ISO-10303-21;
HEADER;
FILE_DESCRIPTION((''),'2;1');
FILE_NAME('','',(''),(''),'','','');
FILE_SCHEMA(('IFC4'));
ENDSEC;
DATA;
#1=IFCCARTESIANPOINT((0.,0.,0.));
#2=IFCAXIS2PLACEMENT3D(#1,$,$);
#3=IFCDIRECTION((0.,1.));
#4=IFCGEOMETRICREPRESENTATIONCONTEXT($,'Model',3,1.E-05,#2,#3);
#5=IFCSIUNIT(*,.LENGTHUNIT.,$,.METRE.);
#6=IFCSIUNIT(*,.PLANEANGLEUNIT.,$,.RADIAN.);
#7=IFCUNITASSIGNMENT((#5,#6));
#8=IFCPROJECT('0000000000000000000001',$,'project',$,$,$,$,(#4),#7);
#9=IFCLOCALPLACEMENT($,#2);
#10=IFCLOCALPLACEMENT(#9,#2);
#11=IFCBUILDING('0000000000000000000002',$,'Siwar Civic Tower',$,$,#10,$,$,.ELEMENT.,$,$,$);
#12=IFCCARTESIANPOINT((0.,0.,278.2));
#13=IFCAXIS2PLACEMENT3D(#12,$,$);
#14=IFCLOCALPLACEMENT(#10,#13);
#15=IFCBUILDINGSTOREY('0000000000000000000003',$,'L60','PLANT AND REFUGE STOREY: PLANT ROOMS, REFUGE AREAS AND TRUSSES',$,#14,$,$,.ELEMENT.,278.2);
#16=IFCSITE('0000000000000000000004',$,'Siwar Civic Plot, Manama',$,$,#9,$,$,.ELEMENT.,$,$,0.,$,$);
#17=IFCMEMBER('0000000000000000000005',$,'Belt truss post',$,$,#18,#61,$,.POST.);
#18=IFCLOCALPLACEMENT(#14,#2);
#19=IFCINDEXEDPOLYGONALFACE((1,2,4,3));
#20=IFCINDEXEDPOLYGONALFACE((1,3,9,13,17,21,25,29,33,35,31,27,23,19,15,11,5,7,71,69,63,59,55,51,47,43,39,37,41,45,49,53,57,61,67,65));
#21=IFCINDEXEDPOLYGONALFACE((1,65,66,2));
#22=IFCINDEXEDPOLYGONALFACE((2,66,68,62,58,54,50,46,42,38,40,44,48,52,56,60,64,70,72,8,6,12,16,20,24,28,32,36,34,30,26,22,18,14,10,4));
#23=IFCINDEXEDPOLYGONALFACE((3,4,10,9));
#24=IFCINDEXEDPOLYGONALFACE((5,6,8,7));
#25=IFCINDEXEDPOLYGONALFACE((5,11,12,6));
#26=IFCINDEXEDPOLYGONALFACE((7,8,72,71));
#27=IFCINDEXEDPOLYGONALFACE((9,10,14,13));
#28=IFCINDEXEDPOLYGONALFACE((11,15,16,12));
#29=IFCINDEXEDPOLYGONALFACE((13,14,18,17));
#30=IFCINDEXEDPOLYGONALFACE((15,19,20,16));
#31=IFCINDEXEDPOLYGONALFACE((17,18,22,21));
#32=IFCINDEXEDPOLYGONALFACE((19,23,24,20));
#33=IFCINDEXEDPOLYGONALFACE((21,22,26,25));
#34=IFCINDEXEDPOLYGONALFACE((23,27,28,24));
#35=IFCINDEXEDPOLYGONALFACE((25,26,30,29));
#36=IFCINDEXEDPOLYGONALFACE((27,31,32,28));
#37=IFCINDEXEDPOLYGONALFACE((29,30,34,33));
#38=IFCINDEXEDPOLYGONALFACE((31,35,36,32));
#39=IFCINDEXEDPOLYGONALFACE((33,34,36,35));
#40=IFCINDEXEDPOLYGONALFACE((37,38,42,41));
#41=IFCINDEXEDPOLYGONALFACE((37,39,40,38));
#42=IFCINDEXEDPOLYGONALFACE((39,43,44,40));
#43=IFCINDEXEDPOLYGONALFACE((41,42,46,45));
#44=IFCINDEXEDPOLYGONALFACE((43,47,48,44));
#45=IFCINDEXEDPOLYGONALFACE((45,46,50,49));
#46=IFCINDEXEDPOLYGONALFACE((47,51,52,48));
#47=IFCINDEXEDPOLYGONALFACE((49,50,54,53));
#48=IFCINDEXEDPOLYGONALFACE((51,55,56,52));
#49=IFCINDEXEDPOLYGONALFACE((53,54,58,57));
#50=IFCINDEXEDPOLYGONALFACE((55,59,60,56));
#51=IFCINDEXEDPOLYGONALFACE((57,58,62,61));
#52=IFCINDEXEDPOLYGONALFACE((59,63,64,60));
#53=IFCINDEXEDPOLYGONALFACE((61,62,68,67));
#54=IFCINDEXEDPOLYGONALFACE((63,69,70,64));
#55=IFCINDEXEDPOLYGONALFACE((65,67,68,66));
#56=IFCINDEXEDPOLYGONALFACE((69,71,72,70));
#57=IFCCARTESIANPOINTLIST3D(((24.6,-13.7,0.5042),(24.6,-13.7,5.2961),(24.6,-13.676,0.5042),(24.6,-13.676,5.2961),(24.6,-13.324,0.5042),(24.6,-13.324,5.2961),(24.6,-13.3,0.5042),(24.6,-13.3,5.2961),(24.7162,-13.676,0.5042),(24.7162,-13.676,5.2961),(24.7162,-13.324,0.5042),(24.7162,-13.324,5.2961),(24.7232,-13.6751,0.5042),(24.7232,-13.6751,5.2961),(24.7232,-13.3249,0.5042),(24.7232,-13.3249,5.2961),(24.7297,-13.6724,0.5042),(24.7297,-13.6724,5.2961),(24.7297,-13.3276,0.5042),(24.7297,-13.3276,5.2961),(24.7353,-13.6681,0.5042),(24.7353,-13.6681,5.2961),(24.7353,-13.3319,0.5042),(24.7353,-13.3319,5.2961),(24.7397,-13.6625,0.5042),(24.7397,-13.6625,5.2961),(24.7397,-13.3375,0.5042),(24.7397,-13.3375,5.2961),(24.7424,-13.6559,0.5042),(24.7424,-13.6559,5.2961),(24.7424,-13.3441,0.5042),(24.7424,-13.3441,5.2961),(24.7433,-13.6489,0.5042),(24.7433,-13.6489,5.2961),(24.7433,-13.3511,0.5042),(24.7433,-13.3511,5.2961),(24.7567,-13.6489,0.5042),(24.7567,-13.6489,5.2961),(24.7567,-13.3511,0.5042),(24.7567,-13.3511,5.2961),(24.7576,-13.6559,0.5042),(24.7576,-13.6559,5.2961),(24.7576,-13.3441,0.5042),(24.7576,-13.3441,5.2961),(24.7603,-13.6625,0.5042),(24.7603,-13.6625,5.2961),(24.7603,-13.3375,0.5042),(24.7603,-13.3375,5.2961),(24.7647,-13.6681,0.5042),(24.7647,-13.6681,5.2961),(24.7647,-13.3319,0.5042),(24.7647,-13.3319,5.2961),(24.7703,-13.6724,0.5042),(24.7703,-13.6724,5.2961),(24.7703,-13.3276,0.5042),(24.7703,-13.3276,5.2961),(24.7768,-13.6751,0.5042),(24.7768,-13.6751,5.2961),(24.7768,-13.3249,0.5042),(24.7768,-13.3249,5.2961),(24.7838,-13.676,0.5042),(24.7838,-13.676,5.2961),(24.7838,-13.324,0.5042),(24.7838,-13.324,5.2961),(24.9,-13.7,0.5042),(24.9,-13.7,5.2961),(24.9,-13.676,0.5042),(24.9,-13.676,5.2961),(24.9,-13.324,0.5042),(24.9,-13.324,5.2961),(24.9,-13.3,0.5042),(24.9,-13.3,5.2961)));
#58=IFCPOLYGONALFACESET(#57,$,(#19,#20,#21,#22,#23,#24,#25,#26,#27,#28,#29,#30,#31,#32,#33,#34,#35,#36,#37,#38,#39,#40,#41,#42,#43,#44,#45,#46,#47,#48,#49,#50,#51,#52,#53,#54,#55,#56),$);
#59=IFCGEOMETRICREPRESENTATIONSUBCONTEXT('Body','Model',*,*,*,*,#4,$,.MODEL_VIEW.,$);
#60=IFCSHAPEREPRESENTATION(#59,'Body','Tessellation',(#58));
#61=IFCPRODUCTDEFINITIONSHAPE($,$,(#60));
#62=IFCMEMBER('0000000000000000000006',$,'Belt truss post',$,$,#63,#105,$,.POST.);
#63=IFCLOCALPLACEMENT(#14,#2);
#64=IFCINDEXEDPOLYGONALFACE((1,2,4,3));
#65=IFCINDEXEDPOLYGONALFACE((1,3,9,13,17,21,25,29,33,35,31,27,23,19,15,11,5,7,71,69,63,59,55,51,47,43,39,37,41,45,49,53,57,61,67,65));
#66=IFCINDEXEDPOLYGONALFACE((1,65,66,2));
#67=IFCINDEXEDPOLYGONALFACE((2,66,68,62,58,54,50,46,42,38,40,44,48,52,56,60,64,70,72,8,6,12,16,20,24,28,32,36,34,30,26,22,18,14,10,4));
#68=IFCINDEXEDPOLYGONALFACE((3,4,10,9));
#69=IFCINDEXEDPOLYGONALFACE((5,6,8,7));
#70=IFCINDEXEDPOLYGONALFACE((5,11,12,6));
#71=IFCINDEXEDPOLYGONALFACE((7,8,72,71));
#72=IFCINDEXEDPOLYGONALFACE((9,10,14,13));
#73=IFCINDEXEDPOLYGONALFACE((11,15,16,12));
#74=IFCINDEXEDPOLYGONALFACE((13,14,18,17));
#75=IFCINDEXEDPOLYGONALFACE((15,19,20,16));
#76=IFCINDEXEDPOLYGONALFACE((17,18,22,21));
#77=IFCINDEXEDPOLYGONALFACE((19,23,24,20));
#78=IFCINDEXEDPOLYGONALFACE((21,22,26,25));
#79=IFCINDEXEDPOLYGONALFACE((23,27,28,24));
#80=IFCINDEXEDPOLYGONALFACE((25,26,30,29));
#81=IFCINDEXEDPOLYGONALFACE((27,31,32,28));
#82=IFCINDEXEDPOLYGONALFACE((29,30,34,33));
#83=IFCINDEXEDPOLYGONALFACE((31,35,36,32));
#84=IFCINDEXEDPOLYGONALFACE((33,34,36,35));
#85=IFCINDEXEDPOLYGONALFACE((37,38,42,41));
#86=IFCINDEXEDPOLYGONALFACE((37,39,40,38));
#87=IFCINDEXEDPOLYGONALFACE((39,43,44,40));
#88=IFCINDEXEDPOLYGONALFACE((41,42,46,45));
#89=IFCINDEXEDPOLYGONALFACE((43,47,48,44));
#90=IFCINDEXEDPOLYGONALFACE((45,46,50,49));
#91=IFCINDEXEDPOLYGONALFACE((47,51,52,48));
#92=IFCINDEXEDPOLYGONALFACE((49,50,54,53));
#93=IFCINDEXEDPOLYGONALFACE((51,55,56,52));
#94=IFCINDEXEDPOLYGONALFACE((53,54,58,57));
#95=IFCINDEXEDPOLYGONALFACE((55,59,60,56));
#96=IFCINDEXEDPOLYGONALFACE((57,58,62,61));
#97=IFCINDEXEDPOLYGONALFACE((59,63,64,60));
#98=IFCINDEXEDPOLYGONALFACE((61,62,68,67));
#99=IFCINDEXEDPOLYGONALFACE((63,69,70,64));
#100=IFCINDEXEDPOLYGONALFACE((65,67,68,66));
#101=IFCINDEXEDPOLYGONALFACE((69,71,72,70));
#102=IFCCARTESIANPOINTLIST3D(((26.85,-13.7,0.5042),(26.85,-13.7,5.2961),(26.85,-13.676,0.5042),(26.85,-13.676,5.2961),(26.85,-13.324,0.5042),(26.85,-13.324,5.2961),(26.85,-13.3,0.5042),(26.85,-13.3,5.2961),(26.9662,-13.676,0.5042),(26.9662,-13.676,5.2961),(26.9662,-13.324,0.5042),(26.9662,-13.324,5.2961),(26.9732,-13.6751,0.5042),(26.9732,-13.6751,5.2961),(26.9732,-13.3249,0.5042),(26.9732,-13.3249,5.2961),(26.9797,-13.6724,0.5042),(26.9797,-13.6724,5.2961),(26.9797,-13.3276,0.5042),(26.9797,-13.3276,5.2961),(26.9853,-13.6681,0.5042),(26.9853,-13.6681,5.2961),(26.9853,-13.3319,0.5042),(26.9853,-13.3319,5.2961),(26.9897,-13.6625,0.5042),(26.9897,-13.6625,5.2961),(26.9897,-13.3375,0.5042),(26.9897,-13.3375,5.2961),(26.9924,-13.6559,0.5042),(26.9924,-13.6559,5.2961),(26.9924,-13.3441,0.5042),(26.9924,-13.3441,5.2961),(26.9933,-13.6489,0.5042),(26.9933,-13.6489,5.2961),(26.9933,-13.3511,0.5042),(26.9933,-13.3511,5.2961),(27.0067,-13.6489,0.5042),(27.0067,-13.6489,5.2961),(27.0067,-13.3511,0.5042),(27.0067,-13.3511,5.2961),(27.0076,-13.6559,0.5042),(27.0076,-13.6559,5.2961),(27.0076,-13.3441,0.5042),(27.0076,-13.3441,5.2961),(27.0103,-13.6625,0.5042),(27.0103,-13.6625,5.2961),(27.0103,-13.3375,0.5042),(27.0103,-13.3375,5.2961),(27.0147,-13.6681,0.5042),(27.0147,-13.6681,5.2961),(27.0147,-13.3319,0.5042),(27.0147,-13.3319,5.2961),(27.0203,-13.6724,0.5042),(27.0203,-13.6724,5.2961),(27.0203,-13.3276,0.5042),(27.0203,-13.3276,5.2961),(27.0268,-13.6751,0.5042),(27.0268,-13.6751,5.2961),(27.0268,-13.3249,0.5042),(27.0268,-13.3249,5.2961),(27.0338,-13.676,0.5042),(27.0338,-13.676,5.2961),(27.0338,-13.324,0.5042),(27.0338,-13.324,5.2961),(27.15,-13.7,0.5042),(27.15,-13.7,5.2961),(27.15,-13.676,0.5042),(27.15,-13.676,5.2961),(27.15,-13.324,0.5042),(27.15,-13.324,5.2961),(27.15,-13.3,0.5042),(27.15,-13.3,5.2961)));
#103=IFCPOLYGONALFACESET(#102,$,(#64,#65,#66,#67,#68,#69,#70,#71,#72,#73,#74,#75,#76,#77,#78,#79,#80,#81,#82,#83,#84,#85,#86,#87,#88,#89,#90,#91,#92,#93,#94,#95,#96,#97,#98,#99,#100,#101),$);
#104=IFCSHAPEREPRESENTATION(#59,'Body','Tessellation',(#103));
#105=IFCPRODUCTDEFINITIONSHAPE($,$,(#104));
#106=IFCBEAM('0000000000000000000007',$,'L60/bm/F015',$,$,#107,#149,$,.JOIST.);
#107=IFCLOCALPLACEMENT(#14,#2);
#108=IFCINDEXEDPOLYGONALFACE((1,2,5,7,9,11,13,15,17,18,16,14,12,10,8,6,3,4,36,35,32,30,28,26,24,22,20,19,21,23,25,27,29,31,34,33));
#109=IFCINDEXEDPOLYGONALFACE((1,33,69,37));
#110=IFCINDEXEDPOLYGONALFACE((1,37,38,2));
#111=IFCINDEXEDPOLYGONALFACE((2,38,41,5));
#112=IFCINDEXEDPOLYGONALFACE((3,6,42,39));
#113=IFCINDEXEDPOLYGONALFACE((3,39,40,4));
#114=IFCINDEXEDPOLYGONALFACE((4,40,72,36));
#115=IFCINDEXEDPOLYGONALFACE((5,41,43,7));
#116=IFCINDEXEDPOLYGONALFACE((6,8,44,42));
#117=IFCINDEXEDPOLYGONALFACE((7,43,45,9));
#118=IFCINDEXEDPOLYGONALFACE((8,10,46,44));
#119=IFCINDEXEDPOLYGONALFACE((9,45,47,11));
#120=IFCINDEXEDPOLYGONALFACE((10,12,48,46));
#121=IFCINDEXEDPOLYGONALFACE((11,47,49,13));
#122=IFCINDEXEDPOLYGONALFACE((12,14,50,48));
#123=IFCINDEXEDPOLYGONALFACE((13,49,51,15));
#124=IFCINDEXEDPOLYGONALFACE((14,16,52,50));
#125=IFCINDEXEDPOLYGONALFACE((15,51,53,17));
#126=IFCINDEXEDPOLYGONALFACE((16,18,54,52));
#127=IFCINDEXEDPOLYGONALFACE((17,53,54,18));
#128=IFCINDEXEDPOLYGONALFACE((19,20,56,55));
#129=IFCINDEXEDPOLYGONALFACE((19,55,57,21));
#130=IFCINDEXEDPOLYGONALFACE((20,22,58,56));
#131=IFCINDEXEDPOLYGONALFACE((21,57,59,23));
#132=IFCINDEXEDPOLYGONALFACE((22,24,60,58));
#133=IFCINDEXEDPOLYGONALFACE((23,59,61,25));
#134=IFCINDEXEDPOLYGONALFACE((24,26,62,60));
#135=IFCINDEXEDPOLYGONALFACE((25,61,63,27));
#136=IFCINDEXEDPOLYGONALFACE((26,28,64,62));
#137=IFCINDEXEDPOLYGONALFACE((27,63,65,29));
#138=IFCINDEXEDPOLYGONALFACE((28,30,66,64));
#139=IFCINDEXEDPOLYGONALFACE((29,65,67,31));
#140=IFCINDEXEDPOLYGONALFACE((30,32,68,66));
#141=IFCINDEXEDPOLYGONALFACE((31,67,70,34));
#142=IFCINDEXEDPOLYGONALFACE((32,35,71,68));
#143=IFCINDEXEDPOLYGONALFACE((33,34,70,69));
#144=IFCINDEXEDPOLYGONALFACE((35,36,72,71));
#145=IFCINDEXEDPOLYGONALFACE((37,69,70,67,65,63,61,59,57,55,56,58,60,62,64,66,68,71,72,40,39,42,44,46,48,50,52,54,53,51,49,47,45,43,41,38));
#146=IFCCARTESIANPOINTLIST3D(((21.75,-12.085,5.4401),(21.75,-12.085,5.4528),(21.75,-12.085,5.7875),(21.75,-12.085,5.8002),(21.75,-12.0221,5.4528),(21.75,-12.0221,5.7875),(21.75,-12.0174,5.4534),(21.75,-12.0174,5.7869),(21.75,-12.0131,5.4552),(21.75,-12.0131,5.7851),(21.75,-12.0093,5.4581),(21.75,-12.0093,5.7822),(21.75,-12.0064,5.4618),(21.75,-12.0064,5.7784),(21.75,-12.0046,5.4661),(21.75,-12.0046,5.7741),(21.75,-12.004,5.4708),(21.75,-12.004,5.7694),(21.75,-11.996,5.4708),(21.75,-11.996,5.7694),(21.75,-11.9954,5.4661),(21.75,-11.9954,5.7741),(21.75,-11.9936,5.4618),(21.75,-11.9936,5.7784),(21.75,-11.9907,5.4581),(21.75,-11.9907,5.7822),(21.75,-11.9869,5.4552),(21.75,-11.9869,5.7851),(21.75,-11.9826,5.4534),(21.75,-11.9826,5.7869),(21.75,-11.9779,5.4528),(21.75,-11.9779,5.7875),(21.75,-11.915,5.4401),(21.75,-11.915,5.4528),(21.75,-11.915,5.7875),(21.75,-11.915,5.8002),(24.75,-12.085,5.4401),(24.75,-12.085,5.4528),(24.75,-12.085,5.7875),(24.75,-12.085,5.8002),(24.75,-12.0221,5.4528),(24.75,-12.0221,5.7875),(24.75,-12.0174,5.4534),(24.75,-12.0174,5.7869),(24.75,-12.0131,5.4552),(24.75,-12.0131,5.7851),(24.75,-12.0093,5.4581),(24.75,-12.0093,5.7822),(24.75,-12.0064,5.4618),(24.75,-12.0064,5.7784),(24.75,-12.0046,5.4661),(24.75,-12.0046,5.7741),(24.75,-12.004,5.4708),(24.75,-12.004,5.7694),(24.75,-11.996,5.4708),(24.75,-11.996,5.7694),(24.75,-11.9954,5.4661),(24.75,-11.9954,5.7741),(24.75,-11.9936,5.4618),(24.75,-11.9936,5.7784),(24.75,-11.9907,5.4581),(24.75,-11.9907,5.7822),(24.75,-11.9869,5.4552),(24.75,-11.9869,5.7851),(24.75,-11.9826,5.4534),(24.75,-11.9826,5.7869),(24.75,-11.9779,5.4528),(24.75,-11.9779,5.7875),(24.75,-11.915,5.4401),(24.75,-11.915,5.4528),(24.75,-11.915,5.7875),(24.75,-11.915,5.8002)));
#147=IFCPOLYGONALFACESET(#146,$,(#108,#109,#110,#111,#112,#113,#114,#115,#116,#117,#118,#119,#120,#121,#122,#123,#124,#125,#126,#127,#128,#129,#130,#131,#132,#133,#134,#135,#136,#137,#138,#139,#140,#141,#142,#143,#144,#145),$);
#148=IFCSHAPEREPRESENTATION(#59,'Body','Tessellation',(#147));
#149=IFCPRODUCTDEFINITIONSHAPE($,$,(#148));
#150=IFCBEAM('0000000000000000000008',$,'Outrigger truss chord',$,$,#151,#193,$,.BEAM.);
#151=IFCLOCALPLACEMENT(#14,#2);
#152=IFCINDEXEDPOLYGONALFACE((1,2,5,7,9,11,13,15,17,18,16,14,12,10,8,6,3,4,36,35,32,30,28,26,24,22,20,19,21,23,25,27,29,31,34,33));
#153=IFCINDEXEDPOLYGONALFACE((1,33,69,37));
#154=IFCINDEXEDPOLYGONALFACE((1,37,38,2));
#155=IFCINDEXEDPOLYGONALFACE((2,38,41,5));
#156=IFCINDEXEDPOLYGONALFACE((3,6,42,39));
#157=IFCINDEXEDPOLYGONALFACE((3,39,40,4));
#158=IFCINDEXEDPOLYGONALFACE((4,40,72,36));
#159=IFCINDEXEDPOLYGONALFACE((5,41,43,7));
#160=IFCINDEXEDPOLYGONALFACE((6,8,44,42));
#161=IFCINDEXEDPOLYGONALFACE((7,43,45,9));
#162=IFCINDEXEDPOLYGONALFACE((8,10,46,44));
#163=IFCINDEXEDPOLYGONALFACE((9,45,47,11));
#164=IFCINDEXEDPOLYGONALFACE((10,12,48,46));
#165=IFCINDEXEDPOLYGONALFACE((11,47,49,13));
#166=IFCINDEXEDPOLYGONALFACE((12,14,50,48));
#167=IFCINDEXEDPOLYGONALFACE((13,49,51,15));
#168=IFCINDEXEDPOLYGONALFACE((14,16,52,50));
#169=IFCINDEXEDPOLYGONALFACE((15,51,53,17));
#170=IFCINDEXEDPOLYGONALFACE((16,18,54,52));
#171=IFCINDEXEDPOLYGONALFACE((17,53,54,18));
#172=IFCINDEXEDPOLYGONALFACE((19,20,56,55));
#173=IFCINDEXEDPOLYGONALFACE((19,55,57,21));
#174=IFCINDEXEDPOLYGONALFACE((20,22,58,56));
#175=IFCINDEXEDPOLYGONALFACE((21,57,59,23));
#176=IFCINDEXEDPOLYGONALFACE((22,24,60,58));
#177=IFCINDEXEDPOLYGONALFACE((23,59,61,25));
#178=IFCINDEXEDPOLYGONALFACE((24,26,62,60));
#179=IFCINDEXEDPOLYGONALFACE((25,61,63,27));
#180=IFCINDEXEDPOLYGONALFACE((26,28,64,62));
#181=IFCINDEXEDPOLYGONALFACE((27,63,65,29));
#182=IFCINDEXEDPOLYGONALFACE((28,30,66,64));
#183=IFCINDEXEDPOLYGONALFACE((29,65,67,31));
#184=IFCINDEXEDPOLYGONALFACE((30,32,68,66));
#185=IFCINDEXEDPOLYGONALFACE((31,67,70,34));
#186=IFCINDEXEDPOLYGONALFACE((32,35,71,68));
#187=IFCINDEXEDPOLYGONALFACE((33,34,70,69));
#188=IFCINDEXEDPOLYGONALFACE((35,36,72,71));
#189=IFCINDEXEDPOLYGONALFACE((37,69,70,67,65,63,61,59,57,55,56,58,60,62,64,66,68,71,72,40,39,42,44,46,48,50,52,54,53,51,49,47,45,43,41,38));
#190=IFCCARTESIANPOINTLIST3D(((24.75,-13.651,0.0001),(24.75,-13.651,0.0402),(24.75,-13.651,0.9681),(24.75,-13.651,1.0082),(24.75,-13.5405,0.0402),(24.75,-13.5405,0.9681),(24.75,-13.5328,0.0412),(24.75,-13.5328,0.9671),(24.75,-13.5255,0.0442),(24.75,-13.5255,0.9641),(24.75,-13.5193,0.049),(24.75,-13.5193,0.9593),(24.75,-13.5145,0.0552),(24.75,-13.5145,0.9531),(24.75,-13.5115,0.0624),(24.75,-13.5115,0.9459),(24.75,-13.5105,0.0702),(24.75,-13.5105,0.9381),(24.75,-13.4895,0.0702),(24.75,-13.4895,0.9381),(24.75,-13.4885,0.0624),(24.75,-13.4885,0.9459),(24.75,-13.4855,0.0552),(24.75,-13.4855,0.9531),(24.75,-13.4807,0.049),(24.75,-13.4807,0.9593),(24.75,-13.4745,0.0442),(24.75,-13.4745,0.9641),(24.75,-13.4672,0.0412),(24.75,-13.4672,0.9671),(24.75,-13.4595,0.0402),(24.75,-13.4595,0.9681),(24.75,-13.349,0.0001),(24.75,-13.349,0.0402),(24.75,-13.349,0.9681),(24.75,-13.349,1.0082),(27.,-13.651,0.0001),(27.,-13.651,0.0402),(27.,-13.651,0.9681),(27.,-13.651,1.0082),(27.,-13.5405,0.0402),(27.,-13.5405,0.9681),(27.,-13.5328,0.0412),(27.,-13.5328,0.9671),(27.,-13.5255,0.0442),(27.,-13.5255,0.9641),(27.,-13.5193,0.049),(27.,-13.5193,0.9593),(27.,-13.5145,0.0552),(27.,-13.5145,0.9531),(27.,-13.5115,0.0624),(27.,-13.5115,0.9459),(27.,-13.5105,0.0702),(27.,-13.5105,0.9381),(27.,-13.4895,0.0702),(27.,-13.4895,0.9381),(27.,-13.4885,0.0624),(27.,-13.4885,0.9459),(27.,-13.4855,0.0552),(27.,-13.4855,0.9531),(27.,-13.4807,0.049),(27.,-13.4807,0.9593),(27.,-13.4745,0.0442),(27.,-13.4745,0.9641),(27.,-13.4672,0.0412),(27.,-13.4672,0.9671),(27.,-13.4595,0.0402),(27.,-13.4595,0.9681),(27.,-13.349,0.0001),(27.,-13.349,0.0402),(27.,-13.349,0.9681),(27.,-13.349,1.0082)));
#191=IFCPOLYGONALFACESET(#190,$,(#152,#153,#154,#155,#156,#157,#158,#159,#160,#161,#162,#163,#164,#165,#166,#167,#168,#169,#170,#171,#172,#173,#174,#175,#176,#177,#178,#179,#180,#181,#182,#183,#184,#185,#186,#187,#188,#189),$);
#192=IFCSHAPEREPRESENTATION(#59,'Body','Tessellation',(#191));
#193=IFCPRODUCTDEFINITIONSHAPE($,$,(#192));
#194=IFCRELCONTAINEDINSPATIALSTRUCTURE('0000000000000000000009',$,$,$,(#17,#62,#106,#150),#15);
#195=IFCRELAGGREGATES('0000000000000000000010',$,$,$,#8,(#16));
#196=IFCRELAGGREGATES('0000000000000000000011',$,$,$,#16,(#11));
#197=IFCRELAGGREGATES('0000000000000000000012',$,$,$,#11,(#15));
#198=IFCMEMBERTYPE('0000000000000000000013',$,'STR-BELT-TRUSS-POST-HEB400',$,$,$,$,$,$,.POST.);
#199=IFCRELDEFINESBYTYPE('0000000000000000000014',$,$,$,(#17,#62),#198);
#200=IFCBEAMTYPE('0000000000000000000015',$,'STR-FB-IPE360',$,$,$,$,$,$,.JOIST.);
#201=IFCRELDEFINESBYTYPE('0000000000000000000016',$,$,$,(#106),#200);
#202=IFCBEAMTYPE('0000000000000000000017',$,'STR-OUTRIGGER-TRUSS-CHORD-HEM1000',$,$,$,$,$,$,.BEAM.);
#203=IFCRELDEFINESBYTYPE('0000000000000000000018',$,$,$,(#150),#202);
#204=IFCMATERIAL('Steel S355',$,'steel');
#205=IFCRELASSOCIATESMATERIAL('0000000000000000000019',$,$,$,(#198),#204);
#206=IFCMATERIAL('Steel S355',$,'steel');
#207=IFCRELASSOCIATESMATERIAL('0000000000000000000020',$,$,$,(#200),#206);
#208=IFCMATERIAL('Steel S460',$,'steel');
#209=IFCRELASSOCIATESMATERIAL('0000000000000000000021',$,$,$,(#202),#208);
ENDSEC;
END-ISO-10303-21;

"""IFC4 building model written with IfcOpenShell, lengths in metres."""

from ifc_helpers import new_model, si_unit, direction, frame, origin, origin_2d, place, context, subcontext, project, spatial, i_section, extrude, material, material_profile, profile_set, type_object, element, save


model = new_model("IFC4")

# Units and contexts
model_context = context("Model", 3, precision=1e-05, world=origin(), true_north=direction((0.0, 1.0)))
body_context = subcontext(model_context, "Body", "Model", "MODEL_VIEW")
ifc_project = project(units=[si_unit("LENGTHUNIT", "METRE"), si_unit("PLANEANGLEUNIT", "RADIAN")], contexts=[model_context])

# Site, building, storey
site_placement = place(None, origin())
site = spatial("IfcSite", under=ifc_project, at=site_placement, Name="Siwar Civic Plot, Manama", CompositionType="ELEMENT", RefElevation=0.0)
building_placement = place(site_placement, origin())
building = spatial("IfcBuilding", under=site, at=building_placement, Name="Siwar Civic Tower", CompositionType="ELEMENT")
storey_placement = place(building_placement, frame((0.0, 0.0, 278.2)))
storey = spatial("IfcBuildingStorey", under=building, at=storey_placement, Name="L60", Description="PLANT AND REFUGE STOREY: PLANT ROOMS, REFUGE AREAS AND TRUSSES", CompositionType="ELEMENT", Elevation=278.2)

# Members
ifc_material_1 = material(Name="Steel S355", Category="steel")
ifc_material_profile_1 = material_profile(ifc_material_1, i_section(OverallWidth=0.3, OverallDepth=0.3999, WebThickness=0.0134, FlangeThickness=0.0239, FilletRadius=0.0271, at=origin_2d()), Name="HEB400")
ifc_profile_set_1 = profile_set([ifc_material_profile_1], Name="Steel S355")
member_type_1 = type_object("IfcMemberType", Name="STR-BELT-TRUSS-POST-HEB400", PredefinedType="POST", material=ifc_profile_set_1)
for number, where, z_axis, x_axis, name in (
    (1, (24.75, -13.5, 0.5042), (0.0, 0.0, 1.0), (1.0, 0.0, 0.0), "Belt truss post"),
    (2, (27.0, -13.5, 0.5042), (0.0, 0.0, 1.0), (1.0, 0.0, 0.0), "Belt truss post"),
):
    element("IfcMember", number, at=place(storey_placement, frame(where, z_axis=z_axis, x_axis=x_axis)), inside=storey, type_object=member_type_1, Name=name, PredefinedType="POST", context=body_context, shape_type="SweptSolid", body=[
        extrude(i_section(OverallWidth=0.3, OverallDepth=0.3999, WebThickness=0.0134, FlangeThickness=0.0239, FilletRadius=0.0271, at=origin_2d()), origin(), (0.0, 0.0, 1.0), 4.792),
    ])

# Beams
ifc_material_2 = material(Name="Steel S355", Category="steel")
ifc_material_profile_2 = material_profile(ifc_material_2, i_section(OverallWidth=0.1699, OverallDepth=0.3601, WebThickness=0.0081, FlangeThickness=0.0127, FilletRadius=0.0181, at=origin_2d()), Name="IPE360")
ifc_profile_set_2 = profile_set([ifc_material_profile_2], Name="Steel S355")
beam_type_1 = type_object("IfcBeamType", Name="STR-FB-IPE360", PredefinedType="JOIST", material=ifc_profile_set_2)
beam_placement = place(storey_placement, frame((21.75, -12.0, 5.6201), z_axis=(1.0, 0.0, 0.0), x_axis=(0.0, 1.0, 0.0)))
element("IfcBeam", 3, at=beam_placement, inside=storey, type_object=beam_type_1, Name="L60/bm/F015", PredefinedType="JOIST", context=body_context, shape_type="SweptSolid", body=[
    extrude(i_section(OverallWidth=0.1699, OverallDepth=0.3601, WebThickness=0.0081, FlangeThickness=0.0127, FilletRadius=0.0181, at=origin_2d()), origin(), (0.0, 0.0, 1.0), 3.0),
])
ifc_material_3 = material(Name="Steel S460", Category="steel")
ifc_material_profile_3 = material_profile(ifc_material_3, i_section(OverallWidth=0.302, OverallDepth=1.0081, WebThickness=0.021, FlangeThickness=0.04, FilletRadius=0.03, at=origin_2d()), Name="HEM1000")
ifc_profile_set_3 = profile_set([ifc_material_profile_3], Name="Steel S460")
beam_type_2 = type_object("IfcBeamType", Name="STR-OUTRIGGER-TRUSS-CHORD-HEM1000", PredefinedType="BEAM", material=ifc_profile_set_3)
for number, where, z_axis, x_axis, name in (
    (4, (24.75, -13.5, 0.5042), (1.0, 0.0, 0.0), (0.0, 1.0, 0.0), "Outrigger truss chord"),
):
    element("IfcBeam", number, at=place(storey_placement, frame(where, z_axis=z_axis, x_axis=x_axis)), inside=storey, type_object=beam_type_2, Name=name, PredefinedType="BEAM", context=body_context, shape_type="SweptSolid", body=[
        extrude(i_section(OverallWidth=0.302, OverallDepth=1.0081, WebThickness=0.021, FlangeThickness=0.04, FilletRadius=0.03, at=origin_2d()), origin(), (0.0, 0.0, 1.0), 2.25),
    ])

save(model, "model.ifc")
